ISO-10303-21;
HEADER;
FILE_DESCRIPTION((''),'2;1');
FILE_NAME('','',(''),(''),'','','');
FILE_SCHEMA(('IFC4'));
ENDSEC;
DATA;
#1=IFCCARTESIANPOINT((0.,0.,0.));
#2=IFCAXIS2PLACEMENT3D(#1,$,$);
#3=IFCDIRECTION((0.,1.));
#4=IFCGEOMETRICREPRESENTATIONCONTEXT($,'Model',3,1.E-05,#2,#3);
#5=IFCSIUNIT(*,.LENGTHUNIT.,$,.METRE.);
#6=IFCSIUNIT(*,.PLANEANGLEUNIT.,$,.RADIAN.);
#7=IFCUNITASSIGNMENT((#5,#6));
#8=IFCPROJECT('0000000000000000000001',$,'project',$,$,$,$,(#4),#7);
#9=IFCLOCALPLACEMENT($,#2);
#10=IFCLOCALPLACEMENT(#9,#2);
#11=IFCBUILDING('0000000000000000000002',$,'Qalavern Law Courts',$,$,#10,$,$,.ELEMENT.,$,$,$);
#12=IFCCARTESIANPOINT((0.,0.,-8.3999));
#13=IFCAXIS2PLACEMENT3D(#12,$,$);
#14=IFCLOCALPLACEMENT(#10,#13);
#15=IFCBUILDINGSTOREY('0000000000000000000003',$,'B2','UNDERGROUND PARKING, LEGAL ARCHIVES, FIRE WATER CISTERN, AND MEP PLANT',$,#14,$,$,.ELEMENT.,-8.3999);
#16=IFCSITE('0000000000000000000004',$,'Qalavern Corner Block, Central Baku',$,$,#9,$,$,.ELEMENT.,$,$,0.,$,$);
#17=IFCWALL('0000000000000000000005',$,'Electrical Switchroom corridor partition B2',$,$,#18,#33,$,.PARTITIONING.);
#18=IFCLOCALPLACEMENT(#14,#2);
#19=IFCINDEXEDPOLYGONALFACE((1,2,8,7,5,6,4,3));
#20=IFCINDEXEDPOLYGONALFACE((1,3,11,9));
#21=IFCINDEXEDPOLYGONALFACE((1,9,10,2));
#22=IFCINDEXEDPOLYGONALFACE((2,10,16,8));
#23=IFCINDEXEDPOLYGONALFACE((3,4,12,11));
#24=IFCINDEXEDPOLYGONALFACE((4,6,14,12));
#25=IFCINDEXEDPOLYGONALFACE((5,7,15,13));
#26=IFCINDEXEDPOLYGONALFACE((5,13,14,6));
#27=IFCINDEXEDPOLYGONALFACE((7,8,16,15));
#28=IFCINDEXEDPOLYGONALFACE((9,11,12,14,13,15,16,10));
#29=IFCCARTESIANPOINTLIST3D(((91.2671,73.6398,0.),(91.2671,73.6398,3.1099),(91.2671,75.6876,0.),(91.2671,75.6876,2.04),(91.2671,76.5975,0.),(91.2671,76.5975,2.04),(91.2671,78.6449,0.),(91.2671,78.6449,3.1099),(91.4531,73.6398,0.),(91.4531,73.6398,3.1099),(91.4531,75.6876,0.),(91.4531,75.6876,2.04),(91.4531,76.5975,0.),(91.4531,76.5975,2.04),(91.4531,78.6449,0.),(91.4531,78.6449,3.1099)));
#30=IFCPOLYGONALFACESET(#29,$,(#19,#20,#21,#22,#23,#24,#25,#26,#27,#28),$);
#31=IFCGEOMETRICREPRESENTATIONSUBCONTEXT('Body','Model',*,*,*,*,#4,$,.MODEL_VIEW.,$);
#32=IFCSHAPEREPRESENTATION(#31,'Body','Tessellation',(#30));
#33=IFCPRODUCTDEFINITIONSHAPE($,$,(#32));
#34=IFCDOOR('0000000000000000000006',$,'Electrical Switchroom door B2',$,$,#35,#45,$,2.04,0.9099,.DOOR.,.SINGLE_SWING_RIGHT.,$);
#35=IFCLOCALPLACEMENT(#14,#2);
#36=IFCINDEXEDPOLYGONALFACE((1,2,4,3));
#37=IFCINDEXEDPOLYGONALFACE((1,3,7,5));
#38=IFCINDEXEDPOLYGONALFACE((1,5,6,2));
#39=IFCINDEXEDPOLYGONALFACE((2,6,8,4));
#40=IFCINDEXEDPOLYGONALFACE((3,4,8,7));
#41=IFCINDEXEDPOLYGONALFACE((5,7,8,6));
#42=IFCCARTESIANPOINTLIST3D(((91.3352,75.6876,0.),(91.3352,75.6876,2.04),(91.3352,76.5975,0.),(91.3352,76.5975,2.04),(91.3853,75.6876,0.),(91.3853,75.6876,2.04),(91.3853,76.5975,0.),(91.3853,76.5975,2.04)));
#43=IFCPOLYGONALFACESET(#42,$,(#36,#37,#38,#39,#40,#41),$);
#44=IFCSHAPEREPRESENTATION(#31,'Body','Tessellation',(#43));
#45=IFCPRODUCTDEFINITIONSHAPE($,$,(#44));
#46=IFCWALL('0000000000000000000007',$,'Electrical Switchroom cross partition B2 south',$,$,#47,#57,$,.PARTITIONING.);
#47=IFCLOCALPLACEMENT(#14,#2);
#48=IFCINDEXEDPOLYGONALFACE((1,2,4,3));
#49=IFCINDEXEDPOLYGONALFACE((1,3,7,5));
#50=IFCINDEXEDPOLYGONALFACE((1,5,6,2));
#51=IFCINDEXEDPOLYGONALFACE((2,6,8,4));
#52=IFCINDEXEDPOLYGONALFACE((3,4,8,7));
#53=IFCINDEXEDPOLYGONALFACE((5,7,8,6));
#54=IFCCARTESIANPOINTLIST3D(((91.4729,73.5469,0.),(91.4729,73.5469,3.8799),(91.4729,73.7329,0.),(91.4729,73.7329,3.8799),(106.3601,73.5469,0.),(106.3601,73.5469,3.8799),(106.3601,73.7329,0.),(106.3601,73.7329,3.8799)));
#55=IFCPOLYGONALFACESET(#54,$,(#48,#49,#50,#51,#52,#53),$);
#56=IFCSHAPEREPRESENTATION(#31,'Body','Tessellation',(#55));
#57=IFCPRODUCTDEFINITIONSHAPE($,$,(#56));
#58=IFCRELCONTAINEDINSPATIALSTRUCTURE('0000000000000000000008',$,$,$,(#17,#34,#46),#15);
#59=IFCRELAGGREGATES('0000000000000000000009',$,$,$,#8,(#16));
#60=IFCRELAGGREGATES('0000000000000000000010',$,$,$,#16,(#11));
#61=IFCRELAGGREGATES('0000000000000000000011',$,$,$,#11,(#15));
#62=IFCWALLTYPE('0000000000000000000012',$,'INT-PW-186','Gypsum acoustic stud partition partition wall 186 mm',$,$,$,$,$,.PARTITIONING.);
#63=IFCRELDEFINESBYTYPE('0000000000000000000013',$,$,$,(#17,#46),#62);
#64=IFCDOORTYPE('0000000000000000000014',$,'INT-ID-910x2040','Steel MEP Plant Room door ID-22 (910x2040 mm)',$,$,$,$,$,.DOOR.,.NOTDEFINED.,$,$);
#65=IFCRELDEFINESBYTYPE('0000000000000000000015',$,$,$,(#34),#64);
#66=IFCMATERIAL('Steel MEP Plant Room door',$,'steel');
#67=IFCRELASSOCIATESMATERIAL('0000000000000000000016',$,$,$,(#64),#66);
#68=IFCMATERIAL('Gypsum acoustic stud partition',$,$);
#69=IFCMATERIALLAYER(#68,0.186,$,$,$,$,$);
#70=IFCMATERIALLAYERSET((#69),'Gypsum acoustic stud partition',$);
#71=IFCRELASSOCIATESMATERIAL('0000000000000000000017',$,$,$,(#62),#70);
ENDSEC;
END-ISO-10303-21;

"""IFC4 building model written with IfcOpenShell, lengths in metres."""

from ifc_helpers import new_model, si_unit, direction, frame, frame_2d, origin, place, context, subcontext, project, spatial, rectangle, extrude, material, layer, layer_set, type_object, element, fill, save


model = new_model("IFC4")

# Units and contexts
model_context = context("Model", 3, precision=1e-05, world=origin(), true_north=direction((0.0, 1.0)))
body_context = subcontext(model_context, "Body", "Model", "MODEL_VIEW")
ifc_project = project(units=[si_unit("LENGTHUNIT", "METRE"), si_unit("PLANEANGLEUNIT", "RADIAN")], contexts=[model_context])

# Site, building, storey
site_placement = place(None, origin())
site = spatial("IfcSite", under=ifc_project, at=site_placement, Name="Qalavern Corner Block, Central Baku", CompositionType="ELEMENT", RefElevation=0.0)
building_placement = place(site_placement, origin())
building = spatial("IfcBuilding", under=site, at=building_placement, Name="Qalavern Law Courts", CompositionType="ELEMENT")
storey_placement = place(building_placement, frame((0.0, 0.0, -8.3999)))
storey = spatial("IfcBuildingStorey", under=building, at=storey_placement, Name="B2", Description="UNDERGROUND PARKING, LEGAL ARCHIVES, FIRE WATER CISTERN, AND MEP PLANT", CompositionType="ELEMENT", Elevation=-8.3999)

# Shared definitions
ifc_material_1 = material(Name="Steel MEP Plant Room door", Category="steel")
door_type_1 = type_object("IfcDoorType", Name="INT-ID-910x2040", Description="Steel MEP Plant Room door ID-22 (910x2040 mm)", OperationType="NOTDEFINED", PredefinedType="DOOR", material=ifc_material_1)

# Shared definitions
ifc_material_2 = material(Name="Gypsum acoustic stud partition")

# Wall, opening, door
ifc_layer_1 = layer(ifc_material_2, 0.186)
ifc_layer_set_1 = layer_set([ifc_layer_1], Name="Gypsum acoustic stud partition")
wall_type_1 = type_object("IfcWallType", Name="INT-PW-186", Description="Gypsum acoustic stud partition partition wall 186 mm", PredefinedType="PARTITIONING", material=ifc_layer_set_1)
wall_1_placement = place(storey_placement, frame((91.3601, 73.6399, 0.0), z_axis=(0.0, 0.0, 1.0), x_axis=(0.0, 1.0, 0.0)))
wall_1 = element("IfcWall", 1, at=wall_1_placement, inside=storey, type_object=wall_type_1, Name="Electrical Switchroom corridor partition B2", PredefinedType="PARTITIONING", context=body_context, shape_type="SweptSolid", body=[
    extrude(rectangle(XDim=5.0051, YDim=0.186, at=frame_2d((2.5024, 0.0))), origin(), (0.0, 0.0, 1.0), 3.1099),
])
opening_1_placement = place(wall_1_placement, frame((2.0476, 0.0, 0.0)))
opening_1 = element("IfcOpeningElement", 2, at=opening_1_placement, cuts=wall_1, PredefinedType="OPENING", context=body_context, shape_type="SweptSolid", body=[
    extrude(rectangle(XDim=0.9099, YDim=2.04, at=frame_2d((0.4551, 1.02))), frame((0.0, 0.1079, 0.0), z_axis=(0.0, -1.0, 0.0), x_axis=(1.0, 0.0, 0.0)), (0.0, 0.0, 1.0), 0.2158),
])
door_1_placement = place(opening_1_placement, origin())
door_1 = element("IfcDoor", 3, at=door_1_placement, inside=storey, type_object=door_type_1, Name="Electrical Switchroom door B2", OperationType="SINGLE_SWING_RIGHT", OverallHeight=2.04, OverallWidth=0.9099, PredefinedType="DOOR", context=body_context, shape_type="SweptSolid", body=[
    extrude(rectangle(XDim=0.9099, YDim=2.04, at=frame_2d((0.4551, 1.02))), frame((0.0, 0.0249, 0.0), z_axis=(0.0, -1.0, 0.0), x_axis=(1.0, 0.0, 0.0)), (0.0, 0.0, 1.0), 0.05),
])
fill(opening_1, door_1)

# Wall
wall_2_placement = place(storey_placement, frame((91.4729, 73.6399, 0.0), z_axis=(0.0, 0.0, 1.0), x_axis=(1.0, 0.0, 0.0)))
element("IfcWall", 4, at=wall_2_placement, inside=storey, type_object=wall_type_1, Name="Electrical Switchroom cross partition B2 south", PredefinedType="PARTITIONING", context=body_context, shape_type="SweptSolid", body=[
    extrude(rectangle(XDim=14.8872, YDim=0.186, at=frame_2d((7.4436, 0.0))), origin(), (0.0, 0.0, 1.0), 3.8799),
])

save(model, "model.ifc")
